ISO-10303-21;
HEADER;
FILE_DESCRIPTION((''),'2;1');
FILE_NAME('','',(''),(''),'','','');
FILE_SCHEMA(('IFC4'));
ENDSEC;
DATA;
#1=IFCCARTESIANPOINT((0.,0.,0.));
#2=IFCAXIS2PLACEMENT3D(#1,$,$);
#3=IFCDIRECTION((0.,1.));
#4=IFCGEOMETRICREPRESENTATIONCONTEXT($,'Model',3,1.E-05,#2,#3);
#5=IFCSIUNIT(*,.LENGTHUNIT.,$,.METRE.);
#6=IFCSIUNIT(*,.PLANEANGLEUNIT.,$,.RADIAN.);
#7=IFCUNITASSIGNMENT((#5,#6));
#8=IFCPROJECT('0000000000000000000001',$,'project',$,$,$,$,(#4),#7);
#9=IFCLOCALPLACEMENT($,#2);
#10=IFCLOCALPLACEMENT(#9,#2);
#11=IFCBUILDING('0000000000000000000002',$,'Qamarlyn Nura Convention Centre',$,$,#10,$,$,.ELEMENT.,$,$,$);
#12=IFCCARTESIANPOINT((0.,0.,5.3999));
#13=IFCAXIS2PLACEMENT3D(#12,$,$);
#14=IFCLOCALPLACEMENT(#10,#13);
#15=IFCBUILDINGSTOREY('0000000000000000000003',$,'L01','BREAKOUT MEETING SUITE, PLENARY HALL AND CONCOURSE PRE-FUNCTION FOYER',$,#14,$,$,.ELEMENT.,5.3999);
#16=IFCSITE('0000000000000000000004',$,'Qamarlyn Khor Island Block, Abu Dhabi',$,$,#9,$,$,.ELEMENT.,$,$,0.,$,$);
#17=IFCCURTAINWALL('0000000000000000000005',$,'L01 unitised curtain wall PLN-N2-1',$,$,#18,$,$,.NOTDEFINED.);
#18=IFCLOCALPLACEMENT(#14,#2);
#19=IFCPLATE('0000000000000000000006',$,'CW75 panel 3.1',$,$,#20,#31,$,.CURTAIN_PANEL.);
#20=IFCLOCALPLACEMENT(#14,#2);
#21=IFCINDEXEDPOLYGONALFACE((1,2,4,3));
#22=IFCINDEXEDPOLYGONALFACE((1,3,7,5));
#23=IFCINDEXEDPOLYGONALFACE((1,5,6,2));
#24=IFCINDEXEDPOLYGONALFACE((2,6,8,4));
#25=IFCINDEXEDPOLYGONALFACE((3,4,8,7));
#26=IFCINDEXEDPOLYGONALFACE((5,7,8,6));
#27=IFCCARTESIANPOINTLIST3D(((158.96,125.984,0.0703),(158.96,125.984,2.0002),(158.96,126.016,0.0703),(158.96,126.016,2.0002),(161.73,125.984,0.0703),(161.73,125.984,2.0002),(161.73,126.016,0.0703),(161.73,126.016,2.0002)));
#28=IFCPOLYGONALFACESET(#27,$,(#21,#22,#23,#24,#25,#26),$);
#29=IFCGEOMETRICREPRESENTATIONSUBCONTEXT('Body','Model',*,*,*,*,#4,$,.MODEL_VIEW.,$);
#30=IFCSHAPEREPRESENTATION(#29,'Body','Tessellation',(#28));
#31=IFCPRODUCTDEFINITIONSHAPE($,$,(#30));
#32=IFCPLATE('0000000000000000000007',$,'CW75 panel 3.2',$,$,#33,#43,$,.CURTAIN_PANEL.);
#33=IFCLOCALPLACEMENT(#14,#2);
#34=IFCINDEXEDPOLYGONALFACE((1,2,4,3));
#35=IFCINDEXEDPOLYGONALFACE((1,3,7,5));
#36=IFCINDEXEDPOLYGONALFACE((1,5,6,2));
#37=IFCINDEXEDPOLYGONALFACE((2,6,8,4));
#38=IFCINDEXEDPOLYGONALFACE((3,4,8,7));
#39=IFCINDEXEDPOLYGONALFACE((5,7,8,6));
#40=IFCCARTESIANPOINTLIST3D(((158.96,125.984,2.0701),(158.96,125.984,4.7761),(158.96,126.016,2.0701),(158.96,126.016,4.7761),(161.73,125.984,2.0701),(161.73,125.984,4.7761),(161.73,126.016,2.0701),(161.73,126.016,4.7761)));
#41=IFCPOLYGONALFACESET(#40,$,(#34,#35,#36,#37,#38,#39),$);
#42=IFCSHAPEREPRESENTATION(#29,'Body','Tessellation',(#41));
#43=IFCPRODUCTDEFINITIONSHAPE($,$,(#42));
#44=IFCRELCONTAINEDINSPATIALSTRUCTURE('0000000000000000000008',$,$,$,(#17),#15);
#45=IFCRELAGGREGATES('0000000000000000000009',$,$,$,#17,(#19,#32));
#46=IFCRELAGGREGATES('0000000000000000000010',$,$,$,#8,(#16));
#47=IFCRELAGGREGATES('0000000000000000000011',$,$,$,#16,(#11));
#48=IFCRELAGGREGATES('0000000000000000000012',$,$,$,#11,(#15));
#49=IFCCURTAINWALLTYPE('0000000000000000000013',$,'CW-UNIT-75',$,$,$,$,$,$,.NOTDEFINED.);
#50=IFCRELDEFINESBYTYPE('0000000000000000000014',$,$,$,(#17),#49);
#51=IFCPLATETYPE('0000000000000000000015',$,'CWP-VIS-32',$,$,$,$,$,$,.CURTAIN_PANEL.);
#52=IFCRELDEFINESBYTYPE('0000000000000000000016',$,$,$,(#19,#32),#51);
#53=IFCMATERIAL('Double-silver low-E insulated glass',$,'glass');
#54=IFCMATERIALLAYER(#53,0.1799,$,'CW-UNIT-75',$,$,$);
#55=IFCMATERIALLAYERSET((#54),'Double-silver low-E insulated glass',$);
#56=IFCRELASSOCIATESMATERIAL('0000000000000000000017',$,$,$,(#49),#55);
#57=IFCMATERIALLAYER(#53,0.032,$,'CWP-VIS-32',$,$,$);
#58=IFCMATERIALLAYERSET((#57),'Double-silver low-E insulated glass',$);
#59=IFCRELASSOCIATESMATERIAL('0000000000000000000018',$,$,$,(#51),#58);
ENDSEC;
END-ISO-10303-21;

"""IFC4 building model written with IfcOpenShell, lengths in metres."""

from ifc_helpers import new_model, si_unit, direction, frame, origin, origin_2d, place, context, subcontext, project, spatial, rectangle, extrude, material, layer, layer_set, type_object, element, aggregate, save


model = new_model("IFC4")

# Units and contexts
model_context = context("Model", 3, precision=1e-05, world=origin(), true_north=direction((0.0, 1.0)))
body_context = subcontext(model_context, "Body", "Model", "MODEL_VIEW")
ifc_project = project(units=[si_unit("LENGTHUNIT", "METRE"), si_unit("PLANEANGLEUNIT", "RADIAN")], contexts=[model_context])

# Site, building, storey
site_placement = place(None, origin())
site = spatial("IfcSite", under=ifc_project, at=site_placement, Name="Qamarlyn Khor Island Block, Abu Dhabi", CompositionType="ELEMENT", RefElevation=0.0)
building_placement = place(site_placement, origin())
building = spatial("IfcBuilding", under=site, at=building_placement, Name="Qamarlyn Nura Convention Centre", CompositionType="ELEMENT")
storey_placement = place(building_placement, frame((0.0, 0.0, 5.3999)))
storey = spatial("IfcBuildingStorey", under=building, at=storey_placement, Name="L01", Description="BREAKOUT MEETING SUITE, PLENARY HALL AND CONCOURSE PRE-FUNCTION FOYER", CompositionType="ELEMENT", Elevation=5.3999)

# Curtain wall
ifc_material_1 = material(Name="Double-silver low-E insulated glass", Category="glass")
ifc_layer_1 = layer(ifc_material_1, 0.1799, Name="CW-UNIT-75")
ifc_layer_set_1 = layer_set([ifc_layer_1], Name="Double-silver low-E insulated glass")
curtain_wall_type_1 = type_object("IfcCurtainWallType", Name="CW-UNIT-75", PredefinedType="NOTDEFINED", material=ifc_layer_set_1)
curtain_wall_1_placement = place(storey_placement, origin())
curtain_wall_1 = element("IfcCurtainWall", 1, at=curtain_wall_1_placement, inside=storey, type_object=curtain_wall_type_1, Name="L01 unitised curtain wall PLN-N2-1", PredefinedType="NOTDEFINED")

# Plates
ifc_layer_2 = layer(ifc_material_1, 0.032, Name="CWP-VIS-32")
ifc_layer_set_2 = layer_set([ifc_layer_2], Name="Double-silver low-E insulated glass")
plate_type_1 = type_object("IfcPlateType", Name="CWP-VIS-32", PredefinedType="CURTAIN_PANEL", material=ifc_layer_set_2)
plate_1_placement = place(storey_placement, frame((160.345, 126.0, 0.0703), z_axis=(0.0, 0.0, 1.0), x_axis=(1.0, 0.0, 0.0)))
plate_1 = element("IfcPlate", 2, at=plate_1_placement, type_object=plate_type_1, Name="CW75 panel 3.1", PredefinedType="CURTAIN_PANEL", context=body_context, shape_type="SweptSolid", body=[
    extrude(rectangle(XDim=2.77, YDim=0.032, at=origin_2d()), origin(), (0.0, 0.0, 1.0), 1.9299),
])
plate_2_placement = place(storey_placement, frame((160.345, 126.0, 2.0701), z_axis=(0.0, 0.0, 1.0), x_axis=(1.0, 0.0, 0.0)))
plate_2 = element("IfcPlate", 3, at=plate_2_placement, type_object=plate_type_1, Name="CW75 panel 3.2", PredefinedType="CURTAIN_PANEL", context=body_context, shape_type="SweptSolid", body=[
    extrude(rectangle(XDim=2.77, YDim=0.032, at=origin_2d()), origin(), (0.0, 0.0, 1.0), 2.7061),
])
aggregate(curtain_wall_1, [plate_1, plate_2])

save(model, "model.ifc")
